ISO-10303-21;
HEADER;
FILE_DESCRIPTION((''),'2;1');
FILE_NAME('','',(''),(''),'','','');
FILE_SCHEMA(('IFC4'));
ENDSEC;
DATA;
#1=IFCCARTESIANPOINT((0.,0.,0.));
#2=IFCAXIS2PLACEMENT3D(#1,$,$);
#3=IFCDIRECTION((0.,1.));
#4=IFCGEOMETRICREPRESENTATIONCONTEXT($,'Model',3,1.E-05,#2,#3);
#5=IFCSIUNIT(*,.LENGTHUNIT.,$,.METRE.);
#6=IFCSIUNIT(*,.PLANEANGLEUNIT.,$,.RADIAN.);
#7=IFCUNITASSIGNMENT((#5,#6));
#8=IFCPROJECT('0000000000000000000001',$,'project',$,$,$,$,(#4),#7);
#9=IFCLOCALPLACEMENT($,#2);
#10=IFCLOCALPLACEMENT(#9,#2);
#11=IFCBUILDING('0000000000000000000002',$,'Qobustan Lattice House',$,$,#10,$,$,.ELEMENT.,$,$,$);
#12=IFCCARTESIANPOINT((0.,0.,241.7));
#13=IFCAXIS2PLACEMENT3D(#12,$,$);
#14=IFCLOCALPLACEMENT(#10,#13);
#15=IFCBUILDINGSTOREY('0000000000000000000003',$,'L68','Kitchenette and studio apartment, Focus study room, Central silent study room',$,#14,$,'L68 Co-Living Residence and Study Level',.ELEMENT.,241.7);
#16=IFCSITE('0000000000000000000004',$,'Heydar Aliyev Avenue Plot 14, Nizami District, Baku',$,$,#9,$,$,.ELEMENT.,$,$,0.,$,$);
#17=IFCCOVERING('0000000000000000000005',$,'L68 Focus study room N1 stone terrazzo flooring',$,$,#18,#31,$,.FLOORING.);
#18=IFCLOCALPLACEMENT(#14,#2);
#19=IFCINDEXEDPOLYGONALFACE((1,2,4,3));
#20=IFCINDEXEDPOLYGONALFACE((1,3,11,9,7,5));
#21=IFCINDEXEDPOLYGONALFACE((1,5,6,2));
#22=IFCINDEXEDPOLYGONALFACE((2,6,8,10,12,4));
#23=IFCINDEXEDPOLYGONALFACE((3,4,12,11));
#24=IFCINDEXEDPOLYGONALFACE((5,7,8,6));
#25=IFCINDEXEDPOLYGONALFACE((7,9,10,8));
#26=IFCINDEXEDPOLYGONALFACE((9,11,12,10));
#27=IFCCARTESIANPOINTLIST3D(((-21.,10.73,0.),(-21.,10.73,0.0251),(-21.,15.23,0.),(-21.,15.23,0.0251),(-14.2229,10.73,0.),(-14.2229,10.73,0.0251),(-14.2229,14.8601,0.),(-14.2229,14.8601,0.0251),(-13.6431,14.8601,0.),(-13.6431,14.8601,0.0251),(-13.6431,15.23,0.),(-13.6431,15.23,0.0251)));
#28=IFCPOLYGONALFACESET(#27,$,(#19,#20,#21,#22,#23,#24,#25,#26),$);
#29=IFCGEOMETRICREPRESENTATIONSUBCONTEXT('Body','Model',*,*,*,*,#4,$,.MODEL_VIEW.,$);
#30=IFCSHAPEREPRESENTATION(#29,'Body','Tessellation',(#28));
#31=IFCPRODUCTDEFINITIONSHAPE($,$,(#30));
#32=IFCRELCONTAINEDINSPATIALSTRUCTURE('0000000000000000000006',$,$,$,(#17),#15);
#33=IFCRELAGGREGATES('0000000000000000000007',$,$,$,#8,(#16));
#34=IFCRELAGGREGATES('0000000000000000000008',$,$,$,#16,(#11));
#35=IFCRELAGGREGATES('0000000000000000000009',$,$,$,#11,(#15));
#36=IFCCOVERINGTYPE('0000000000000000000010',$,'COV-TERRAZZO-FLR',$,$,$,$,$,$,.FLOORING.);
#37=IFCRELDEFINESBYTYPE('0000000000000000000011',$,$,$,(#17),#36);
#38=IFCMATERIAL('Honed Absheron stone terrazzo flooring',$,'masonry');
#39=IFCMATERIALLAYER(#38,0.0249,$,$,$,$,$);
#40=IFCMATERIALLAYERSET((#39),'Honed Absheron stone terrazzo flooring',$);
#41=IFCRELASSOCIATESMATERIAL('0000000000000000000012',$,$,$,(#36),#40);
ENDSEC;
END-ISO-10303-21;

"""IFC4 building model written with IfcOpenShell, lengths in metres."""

from ifc_helpers import new_model, si_unit, direction, frame, origin, place, context, subcontext, project, spatial, polyline, outline, extrude, material, layer, layer_set, type_object, element, save


model = new_model("IFC4")

# Units and contexts
model_context = context("Model", 3, precision=1e-05, world=origin(), true_north=direction((0.0, 1.0)))
body_context = subcontext(model_context, "Body", "Model", "MODEL_VIEW")
ifc_project = project(units=[si_unit("LENGTHUNIT", "METRE"), si_unit("PLANEANGLEUNIT", "RADIAN")], contexts=[model_context])

# Site, building, storey
site_placement = place(None, origin())
site = spatial("IfcSite", under=ifc_project, at=site_placement, Name="Heydar Aliyev Avenue Plot 14, Nizami District, Baku", CompositionType="ELEMENT", RefElevation=0.0)
building_placement = place(site_placement, origin())
building = spatial("IfcBuilding", under=site, at=building_placement, Name="Qobustan Lattice House", CompositionType="ELEMENT")
storey_placement = place(building_placement, frame((0.0, 0.0, 241.7)))
storey = spatial("IfcBuildingStorey", under=building, at=storey_placement, Name="L68", Description="Kitchenette and studio apartment, Focus study room, Central silent study room", LongName="L68 Co-Living Residence and Study Level", CompositionType="ELEMENT", Elevation=241.7)

# Covering
ifc_material_1 = material(Name="Honed Absheron stone terrazzo flooring", Category="masonry")
ifc_layer_1 = layer(ifc_material_1, 0.0249)
ifc_layer_set_1 = layer_set([ifc_layer_1], Name="Honed Absheron stone terrazzo flooring")
covering_type = type_object("IfcCoveringType", Name="COV-TERRAZZO-FLR", PredefinedType="FLOORING", material=ifc_layer_set_1)
covering_1_placement = place(storey_placement, origin())
element("IfcCovering", 1, at=covering_1_placement, inside=storey, type_object=covering_type, Name="L68 Focus study room N1 stone terrazzo flooring", PredefinedType="FLOORING", context=body_context, shape_type="SweptSolid", body=[
    extrude(outline(polyline([(-13.6431, 15.23), (-21.0, 15.23), (-21.0, 10.73), (-14.2229, 10.73), (-14.2229, 14.8601), (-13.6431, 14.8601), (-13.6431, 15.23)])), origin(), (0.0, 0.0, 1.0), 0.0251),
])

save(model, "model.ifc")
